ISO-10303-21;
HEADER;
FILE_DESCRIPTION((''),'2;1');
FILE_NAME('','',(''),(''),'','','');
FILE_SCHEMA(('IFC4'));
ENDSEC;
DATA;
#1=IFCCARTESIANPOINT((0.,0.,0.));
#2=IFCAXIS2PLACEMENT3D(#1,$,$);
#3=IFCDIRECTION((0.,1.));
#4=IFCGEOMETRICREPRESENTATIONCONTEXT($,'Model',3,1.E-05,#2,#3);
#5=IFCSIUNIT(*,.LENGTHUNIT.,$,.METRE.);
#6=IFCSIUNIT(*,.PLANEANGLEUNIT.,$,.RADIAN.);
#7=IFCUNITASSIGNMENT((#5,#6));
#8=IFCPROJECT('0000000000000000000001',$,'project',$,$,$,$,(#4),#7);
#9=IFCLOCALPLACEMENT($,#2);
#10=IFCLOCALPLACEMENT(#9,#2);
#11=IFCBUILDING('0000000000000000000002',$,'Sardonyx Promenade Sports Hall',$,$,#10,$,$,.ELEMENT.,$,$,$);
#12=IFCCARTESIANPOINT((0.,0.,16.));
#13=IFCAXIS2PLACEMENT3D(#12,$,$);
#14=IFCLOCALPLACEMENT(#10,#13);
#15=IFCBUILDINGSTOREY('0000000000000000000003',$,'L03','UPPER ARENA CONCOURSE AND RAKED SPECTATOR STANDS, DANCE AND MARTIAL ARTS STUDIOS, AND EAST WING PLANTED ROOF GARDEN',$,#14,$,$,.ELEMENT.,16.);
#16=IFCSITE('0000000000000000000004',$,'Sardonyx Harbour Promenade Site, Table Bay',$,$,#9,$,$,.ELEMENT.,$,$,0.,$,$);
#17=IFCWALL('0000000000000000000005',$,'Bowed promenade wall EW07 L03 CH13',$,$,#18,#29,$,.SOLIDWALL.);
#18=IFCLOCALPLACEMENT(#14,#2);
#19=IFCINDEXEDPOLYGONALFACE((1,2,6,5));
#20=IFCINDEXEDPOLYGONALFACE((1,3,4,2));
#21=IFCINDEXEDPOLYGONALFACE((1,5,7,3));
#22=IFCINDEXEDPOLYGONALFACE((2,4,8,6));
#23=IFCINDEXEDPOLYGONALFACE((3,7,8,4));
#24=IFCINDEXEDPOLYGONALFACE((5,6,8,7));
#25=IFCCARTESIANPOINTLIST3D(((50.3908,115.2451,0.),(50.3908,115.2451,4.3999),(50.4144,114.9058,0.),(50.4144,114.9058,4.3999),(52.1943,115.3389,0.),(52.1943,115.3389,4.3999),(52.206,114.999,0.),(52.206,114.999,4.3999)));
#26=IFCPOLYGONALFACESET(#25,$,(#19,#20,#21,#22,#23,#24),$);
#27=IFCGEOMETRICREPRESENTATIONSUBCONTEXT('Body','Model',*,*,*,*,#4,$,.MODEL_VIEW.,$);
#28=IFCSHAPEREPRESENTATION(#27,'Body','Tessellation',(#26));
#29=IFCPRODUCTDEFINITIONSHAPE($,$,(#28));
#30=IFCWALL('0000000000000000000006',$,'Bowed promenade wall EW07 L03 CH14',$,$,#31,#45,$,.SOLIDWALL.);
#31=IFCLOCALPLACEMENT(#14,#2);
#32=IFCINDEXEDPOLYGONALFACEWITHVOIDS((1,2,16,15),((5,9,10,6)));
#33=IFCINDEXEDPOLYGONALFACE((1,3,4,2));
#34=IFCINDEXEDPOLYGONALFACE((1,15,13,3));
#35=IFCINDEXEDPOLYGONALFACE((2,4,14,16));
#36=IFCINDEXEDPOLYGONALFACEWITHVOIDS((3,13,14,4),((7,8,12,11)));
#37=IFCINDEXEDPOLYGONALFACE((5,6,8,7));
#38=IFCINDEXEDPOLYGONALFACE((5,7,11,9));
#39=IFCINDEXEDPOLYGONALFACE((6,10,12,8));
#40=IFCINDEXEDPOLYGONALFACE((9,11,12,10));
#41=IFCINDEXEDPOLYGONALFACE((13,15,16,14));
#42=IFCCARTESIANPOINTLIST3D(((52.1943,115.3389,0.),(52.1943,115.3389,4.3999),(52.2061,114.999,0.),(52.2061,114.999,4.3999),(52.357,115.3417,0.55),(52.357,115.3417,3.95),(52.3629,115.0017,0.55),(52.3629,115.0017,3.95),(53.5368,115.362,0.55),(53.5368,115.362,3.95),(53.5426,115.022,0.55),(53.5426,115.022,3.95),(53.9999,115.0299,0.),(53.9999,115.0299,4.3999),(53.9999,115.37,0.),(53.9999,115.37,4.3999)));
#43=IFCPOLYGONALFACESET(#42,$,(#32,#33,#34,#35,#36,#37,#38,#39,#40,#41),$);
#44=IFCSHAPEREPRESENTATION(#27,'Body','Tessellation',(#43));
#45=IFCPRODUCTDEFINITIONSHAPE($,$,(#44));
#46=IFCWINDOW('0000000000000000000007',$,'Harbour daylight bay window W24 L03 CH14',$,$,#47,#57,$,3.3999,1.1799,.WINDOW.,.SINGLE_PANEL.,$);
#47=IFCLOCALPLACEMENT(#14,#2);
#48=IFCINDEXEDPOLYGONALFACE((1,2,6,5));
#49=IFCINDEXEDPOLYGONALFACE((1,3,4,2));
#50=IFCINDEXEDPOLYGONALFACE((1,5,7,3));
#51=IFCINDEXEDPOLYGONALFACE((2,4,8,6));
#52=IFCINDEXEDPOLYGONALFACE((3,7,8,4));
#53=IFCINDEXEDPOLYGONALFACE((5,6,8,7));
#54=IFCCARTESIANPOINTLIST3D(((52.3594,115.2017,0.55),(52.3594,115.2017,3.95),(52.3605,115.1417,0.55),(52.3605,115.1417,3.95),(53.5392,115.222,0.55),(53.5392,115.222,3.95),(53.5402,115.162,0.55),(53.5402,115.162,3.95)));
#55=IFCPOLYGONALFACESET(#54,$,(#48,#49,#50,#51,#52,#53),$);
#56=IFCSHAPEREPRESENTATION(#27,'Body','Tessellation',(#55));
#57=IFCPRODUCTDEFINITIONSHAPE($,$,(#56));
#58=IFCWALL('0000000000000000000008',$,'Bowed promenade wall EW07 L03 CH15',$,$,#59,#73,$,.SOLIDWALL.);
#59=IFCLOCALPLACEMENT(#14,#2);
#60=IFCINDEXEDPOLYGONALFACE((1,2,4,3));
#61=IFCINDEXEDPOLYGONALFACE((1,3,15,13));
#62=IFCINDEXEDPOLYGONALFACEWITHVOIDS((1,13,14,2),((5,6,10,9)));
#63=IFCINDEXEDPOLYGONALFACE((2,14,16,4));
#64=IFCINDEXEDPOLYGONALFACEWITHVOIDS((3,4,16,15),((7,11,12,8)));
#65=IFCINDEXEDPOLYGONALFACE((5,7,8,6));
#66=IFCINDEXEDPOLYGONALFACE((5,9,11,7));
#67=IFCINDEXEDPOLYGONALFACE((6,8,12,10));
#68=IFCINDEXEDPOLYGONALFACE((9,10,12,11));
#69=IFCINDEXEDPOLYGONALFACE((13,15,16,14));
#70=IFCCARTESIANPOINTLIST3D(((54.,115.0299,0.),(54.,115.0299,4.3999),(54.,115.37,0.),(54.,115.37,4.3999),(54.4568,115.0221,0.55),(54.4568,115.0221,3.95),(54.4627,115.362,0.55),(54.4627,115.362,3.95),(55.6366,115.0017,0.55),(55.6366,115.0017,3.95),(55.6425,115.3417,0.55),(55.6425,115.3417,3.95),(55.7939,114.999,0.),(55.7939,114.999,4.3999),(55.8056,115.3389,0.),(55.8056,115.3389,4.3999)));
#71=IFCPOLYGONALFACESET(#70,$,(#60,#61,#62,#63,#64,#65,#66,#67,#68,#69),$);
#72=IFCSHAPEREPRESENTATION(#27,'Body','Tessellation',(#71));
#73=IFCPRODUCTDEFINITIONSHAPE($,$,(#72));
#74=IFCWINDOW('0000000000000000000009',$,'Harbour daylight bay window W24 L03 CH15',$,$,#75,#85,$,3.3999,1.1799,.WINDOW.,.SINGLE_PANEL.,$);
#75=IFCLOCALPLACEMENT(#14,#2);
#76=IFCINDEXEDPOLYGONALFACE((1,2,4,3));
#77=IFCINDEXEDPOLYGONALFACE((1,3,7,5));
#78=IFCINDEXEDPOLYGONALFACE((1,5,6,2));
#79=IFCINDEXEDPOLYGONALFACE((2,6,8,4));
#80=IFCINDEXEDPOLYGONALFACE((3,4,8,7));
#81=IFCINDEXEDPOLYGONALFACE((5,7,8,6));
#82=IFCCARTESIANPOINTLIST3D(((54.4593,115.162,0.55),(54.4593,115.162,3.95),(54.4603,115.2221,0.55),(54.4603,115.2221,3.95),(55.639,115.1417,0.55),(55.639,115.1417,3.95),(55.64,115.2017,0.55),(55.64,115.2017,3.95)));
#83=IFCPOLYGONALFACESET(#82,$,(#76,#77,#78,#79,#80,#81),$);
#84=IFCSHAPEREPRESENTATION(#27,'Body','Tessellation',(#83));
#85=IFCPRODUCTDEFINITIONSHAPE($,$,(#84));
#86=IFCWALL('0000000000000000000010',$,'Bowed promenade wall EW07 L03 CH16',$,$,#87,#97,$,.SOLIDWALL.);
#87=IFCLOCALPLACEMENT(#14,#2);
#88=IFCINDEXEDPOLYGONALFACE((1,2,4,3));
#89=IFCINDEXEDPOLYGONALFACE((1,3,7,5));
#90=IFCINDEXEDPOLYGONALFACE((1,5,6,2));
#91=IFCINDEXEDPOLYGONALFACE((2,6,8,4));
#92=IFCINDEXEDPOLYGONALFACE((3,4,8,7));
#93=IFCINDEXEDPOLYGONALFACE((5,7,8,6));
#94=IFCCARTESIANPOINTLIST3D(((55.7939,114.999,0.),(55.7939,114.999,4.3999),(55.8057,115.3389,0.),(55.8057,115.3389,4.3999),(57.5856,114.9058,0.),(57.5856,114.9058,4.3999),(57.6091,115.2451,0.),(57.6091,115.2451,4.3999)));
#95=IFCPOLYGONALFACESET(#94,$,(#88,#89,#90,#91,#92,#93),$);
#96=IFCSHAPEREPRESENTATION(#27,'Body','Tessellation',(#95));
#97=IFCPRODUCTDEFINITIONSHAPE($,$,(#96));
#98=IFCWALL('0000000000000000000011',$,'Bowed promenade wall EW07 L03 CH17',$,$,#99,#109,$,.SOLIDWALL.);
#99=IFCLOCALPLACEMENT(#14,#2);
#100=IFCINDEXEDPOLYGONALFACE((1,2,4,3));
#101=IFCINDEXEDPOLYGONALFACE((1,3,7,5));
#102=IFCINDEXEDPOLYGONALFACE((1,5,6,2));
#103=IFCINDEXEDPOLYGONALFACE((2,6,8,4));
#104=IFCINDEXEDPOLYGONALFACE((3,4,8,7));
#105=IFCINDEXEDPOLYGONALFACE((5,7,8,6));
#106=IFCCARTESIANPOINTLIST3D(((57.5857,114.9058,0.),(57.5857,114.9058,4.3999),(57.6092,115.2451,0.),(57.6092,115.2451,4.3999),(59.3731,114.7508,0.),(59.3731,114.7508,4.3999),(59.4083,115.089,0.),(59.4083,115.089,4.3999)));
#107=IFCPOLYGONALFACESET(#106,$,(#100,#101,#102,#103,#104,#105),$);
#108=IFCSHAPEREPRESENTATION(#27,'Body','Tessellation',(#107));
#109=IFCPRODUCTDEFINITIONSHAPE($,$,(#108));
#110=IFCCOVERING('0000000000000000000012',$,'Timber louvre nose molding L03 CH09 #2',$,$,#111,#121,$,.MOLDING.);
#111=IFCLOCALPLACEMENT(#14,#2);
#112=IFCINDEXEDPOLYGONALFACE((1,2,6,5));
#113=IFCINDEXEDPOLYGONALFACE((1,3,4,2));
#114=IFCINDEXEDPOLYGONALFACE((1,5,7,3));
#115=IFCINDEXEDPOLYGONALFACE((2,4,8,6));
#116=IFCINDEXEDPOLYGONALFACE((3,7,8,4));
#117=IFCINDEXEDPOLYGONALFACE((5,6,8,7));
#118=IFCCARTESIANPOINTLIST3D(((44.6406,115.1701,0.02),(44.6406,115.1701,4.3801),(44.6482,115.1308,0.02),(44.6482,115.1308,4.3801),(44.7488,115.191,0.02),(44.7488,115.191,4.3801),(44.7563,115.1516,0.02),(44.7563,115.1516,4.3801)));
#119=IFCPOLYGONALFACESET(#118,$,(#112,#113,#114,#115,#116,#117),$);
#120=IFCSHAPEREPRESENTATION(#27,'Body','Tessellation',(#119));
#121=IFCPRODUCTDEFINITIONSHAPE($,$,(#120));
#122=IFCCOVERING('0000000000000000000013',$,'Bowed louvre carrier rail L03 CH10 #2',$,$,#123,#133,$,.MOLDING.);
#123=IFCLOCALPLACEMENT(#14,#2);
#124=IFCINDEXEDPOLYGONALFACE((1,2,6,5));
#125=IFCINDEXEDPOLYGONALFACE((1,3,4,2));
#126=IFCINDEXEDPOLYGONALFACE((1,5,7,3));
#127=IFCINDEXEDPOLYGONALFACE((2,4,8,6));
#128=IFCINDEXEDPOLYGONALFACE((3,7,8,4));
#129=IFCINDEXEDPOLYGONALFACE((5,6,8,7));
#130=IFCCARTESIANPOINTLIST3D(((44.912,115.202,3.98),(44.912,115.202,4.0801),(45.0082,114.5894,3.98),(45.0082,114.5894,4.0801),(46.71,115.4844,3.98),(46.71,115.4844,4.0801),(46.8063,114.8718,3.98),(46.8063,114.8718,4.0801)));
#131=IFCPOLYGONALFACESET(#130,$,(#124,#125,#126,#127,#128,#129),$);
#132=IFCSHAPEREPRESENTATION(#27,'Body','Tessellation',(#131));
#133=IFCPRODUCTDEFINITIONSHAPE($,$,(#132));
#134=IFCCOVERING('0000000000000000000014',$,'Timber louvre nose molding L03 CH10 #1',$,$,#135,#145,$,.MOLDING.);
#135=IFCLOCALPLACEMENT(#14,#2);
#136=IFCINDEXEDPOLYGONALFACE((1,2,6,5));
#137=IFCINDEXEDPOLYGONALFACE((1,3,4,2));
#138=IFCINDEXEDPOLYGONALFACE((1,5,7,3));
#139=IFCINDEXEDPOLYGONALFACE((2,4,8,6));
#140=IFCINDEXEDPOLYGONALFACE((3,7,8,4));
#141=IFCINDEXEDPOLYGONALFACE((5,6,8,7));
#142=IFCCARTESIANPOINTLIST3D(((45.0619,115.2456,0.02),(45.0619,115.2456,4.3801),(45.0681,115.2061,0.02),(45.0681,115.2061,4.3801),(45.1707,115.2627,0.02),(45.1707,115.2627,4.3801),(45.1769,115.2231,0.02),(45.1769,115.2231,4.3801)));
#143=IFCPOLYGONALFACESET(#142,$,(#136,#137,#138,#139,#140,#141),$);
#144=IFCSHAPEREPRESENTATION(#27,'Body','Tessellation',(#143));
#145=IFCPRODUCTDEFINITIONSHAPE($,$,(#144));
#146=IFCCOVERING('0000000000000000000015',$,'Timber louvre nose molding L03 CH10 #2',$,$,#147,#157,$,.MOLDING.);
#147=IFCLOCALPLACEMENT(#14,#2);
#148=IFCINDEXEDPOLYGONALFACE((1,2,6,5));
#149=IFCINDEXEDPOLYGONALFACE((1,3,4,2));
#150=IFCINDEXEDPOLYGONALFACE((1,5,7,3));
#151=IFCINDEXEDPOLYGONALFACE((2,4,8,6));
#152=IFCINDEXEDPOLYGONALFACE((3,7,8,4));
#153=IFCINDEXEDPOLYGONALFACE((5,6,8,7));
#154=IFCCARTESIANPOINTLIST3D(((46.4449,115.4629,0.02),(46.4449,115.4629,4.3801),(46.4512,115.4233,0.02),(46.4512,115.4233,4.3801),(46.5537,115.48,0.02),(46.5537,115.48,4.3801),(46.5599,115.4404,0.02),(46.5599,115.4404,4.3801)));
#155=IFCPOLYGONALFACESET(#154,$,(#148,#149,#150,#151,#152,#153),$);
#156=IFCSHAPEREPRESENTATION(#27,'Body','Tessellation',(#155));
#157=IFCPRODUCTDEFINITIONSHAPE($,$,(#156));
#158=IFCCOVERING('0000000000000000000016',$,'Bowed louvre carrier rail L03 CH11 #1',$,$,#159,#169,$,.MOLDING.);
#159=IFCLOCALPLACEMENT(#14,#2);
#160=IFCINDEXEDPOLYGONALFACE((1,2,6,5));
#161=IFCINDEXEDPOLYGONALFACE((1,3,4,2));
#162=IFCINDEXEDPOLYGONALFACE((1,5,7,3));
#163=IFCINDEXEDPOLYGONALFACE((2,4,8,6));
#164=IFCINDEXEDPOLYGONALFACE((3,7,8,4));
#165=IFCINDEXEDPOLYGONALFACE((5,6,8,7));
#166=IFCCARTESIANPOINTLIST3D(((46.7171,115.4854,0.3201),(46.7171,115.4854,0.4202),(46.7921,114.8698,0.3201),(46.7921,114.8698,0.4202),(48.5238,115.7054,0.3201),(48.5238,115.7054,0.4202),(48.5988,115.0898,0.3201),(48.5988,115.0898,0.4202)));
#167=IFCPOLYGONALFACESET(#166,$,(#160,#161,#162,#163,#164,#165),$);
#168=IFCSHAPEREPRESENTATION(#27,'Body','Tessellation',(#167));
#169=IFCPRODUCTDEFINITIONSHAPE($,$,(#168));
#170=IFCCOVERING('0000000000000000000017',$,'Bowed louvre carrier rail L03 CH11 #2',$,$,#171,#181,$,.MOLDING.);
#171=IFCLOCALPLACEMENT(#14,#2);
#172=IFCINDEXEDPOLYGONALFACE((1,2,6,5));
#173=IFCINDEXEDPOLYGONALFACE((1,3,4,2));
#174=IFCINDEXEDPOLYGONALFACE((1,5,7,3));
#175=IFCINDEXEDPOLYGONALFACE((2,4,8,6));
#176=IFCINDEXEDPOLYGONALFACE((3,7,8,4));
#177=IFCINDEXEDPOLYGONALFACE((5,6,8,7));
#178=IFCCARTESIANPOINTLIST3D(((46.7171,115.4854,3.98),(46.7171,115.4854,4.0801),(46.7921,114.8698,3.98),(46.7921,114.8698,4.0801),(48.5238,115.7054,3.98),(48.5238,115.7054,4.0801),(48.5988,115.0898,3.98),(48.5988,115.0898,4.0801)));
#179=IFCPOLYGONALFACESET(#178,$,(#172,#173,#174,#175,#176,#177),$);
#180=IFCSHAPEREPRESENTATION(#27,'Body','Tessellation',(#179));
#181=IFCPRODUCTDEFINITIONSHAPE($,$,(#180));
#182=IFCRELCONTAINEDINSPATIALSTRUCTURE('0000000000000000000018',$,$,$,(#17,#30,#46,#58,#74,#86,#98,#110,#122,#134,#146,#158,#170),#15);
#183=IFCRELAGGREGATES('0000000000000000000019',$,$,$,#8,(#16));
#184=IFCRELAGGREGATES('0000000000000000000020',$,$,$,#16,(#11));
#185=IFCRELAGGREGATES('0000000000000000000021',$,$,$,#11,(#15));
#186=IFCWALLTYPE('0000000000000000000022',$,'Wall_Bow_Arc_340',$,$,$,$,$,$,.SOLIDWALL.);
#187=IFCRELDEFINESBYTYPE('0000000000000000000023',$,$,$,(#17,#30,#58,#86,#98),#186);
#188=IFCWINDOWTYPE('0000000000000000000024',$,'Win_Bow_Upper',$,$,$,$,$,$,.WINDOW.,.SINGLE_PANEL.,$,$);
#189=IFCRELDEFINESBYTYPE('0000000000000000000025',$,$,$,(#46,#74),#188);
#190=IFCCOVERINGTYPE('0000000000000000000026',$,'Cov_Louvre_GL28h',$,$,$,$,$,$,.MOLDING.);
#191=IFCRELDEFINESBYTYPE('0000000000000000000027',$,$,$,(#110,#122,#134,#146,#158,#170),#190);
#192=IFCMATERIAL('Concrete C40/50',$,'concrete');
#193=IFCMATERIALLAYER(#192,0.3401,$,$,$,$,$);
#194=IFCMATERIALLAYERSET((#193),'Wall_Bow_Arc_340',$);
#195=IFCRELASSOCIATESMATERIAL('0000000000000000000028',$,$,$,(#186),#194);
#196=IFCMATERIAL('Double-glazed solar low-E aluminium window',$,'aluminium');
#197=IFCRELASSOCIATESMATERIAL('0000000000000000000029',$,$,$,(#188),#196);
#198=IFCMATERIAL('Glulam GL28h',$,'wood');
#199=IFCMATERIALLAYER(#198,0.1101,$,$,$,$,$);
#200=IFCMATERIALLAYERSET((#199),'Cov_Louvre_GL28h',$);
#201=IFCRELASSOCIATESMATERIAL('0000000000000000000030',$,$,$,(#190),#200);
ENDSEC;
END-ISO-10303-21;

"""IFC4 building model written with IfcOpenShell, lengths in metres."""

from ifc_helpers import new_model, si_unit, direction, frame, frame_2d, origin, origin_2d, place, context, subcontext, project, spatial, polyline, rectangle, outline, extrude, material, layer, layer_set, type_object, element, fill, save


model = new_model("IFC4")

# Units and contexts
model_context = context("Model", 3, precision=1e-05, world=origin(), true_north=direction((0.0, 1.0)))
body_context = subcontext(model_context, "Body", "Model", "MODEL_VIEW")
ifc_project = project(units=[si_unit("LENGTHUNIT", "METRE"), si_unit("PLANEANGLEUNIT", "RADIAN")], contexts=[model_context])

# Site, building, storey
site_placement = place(None, origin())
site = spatial("IfcSite", under=ifc_project, at=site_placement, Name="Sardonyx Harbour Promenade Site, Table Bay", CompositionType="ELEMENT", RefElevation=0.0)
building_placement = place(site_placement, origin())
building = spatial("IfcBuilding", under=site, at=building_placement, Name="Sardonyx Promenade Sports Hall", CompositionType="ELEMENT")
storey_placement = place(building_placement, frame((0.0, 0.0, 16.0)))
storey = spatial("IfcBuildingStorey", under=building, at=storey_placement, Name="L03", Description="UPPER ARENA CONCOURSE AND RAKED SPECTATOR STANDS, DANCE AND MARTIAL ARTS STUDIOS, AND EAST WING PLANTED ROOF GARDEN", CompositionType="ELEMENT", Elevation=16.0)

# Wall
ifc_material_1 = material(Name="Concrete C40/50", Category="concrete")
ifc_layer_1 = layer(ifc_material_1, 0.3401)
ifc_layer_set_1 = layer_set([ifc_layer_1], Name="Wall_Bow_Arc_340")
wall_type = type_object("IfcWallType", Name="Wall_Bow_Arc_340", PredefinedType="SOLIDWALL", material=ifc_layer_set_1)
wall_1_placement = place(storey_placement, frame((50.4026, 115.0754, 0.0), z_axis=(0.0, 0.0, 1.0), x_axis=(0.99865, 0.051947, 0.0)))
element("IfcWall", 1, at=wall_1_placement, inside=storey, type_object=wall_type, Name="Bowed promenade wall EW07 L03 CH13", PredefinedType="SOLIDWALL", context=body_context, shape_type="SweptSolid", body=[
    extrude(outline(polyline([(0.0029, -0.17), (1.7971, -0.17), (1.8029, 0.17), (-0.0029, 0.17), (0.0029, -0.17)])), origin(), (0.0, 0.0, 1.0), 4.3999),
])

# Walls, openings, windows
wall_2_placement = place(storey_placement, frame((52.2002, 115.1689, 0.0), z_axis=(0.0, 0.0, 1.0), x_axis=(0.999852, 0.017225, 0.0)))
wall_2 = element("IfcWall", 2, at=wall_2_placement, inside=storey, type_object=wall_type, Name="Bowed promenade wall EW07 L03 CH14", PredefinedType="SOLIDWALL", context=body_context, shape_type="SweptSolid", body=[
    extrude(outline(polyline([(0.0029, -0.17), (1.7971, -0.17), (1.8029, 0.17), (-0.0029, 0.17), (0.0029, -0.17)])), origin(), (0.0, 0.0, 1.0), 4.3999),
])
opening_1_placement = place(wall_2_placement, frame((0.1599, 0.0, 0.55)))
opening_1 = element("IfcOpeningElement", 3, at=opening_1_placement, cuts=wall_2, PredefinedType="OPENING", context=body_context, shape_type="SweptSolid", body=[
    extrude(rectangle(XDim=1.1799, YDim=3.3999, at=frame_2d((0.5898, 1.7))), frame((0.0, 0.18, 0.0), z_axis=(0.0, -1.0, 0.0), x_axis=(1.0, 0.0, 0.0)), (0.0, 0.0, 1.0), 0.36),
])
ifc_material_2 = material(Name="Double-glazed solar low-E aluminium window", Category="aluminium")
window_type = type_object("IfcWindowType", Name="Win_Bow_Upper", PartitioningType="SINGLE_PANEL", PredefinedType="WINDOW", material=ifc_material_2)
window_1_placement = place(opening_1_placement, origin())
window_1 = element("IfcWindow", 4, at=window_1_placement, inside=storey, type_object=window_type, Name="Harbour daylight bay window W24 L03 CH14", OverallHeight=3.3999, OverallWidth=1.1799, PartitioningType="SINGLE_PANEL", PredefinedType="WINDOW", context=body_context, shape_type="SweptSolid", body=[
    extrude(rectangle(XDim=1.1799, YDim=3.3999, at=frame_2d((0.5898, 1.7))), frame((0.0, 0.03, 0.0), z_axis=(0.0, -1.0, 0.0), x_axis=(1.0, 0.0, 0.0)), (0.0, 0.0, 1.0), 0.0601),
])
fill(opening_1, window_1)
wall_3_placement = place(storey_placement, frame((54.0, 115.2, 0.0), z_axis=(0.0, 0.0, 1.0), x_axis=(0.999852, -0.017225, 0.0)))
wall_3 = element("IfcWall", 5, at=wall_3_placement, inside=storey, type_object=wall_type, Name="Bowed promenade wall EW07 L03 CH15", PredefinedType="SOLIDWALL", context=body_context, shape_type="SweptSolid", body=[
    extrude(outline(polyline([(0.0029, -0.17), (1.7971, -0.17), (1.8029, 0.17), (-0.0029, 0.17), (0.0029, -0.17)])), origin(), (0.0, 0.0, 1.0), 4.3999),
])
opening_2_placement = place(wall_3_placement, frame((0.46, 0.0, 0.55)))
opening_2 = element("IfcOpeningElement", 6, at=opening_2_placement, cuts=wall_3, PredefinedType="OPENING", context=body_context, shape_type="SweptSolid", body=[
    extrude(rectangle(XDim=1.1799, YDim=3.3999, at=frame_2d((0.5898, 1.7))), frame((0.0, 0.18, 0.0), z_axis=(0.0, -1.0, 0.0), x_axis=(1.0, 0.0, 0.0)), (0.0, 0.0, 1.0), 0.36),
])
window_2_placement = place(opening_2_placement, origin())
window_2 = element("IfcWindow", 7, at=window_2_placement, inside=storey, type_object=window_type, Name="Harbour daylight bay window W24 L03 CH15", OverallHeight=3.3999, OverallWidth=1.1799, PartitioningType="SINGLE_PANEL", PredefinedType="WINDOW", context=body_context, shape_type="SweptSolid", body=[
    extrude(rectangle(XDim=1.1799, YDim=3.3999, at=frame_2d((0.5898, 1.7))), frame((0.0, 0.03, 0.0), z_axis=(0.0, -1.0, 0.0), x_axis=(1.0, 0.0, 0.0)), (0.0, 0.0, 1.0), 0.0601),
])
fill(opening_2, window_2)

# Walls
wall_4_placement = place(storey_placement, frame((55.7998, 115.1689, 0.0), z_axis=(0.0, 0.0, 1.0), x_axis=(0.99865, -0.051947, 0.0)))
element("IfcWall", 8, at=wall_4_placement, inside=storey, type_object=wall_type, Name="Bowed promenade wall EW07 L03 CH16", PredefinedType="SOLIDWALL", context=body_context, shape_type="SweptSolid", body=[
    extrude(outline(polyline([(0.0029, -0.17), (1.7971, -0.17), (1.8029, 0.17), (-0.0029, 0.17), (0.0029, -0.17)])), origin(), (0.0, 0.0, 1.0), 4.3999),
])
wall_5_placement = place(storey_placement, frame((57.5974, 115.0754, 0.0), z_axis=(0.0, 0.0, 1.0), x_axis=(0.99626, -0.086401, 0.0)))
element("IfcWall", 9, at=wall_5_placement, inside=storey, type_object=wall_type, Name="Bowed promenade wall EW07 L03 CH17", PredefinedType="SOLIDWALL", context=body_context, shape_type="SweptSolid", body=[
    extrude(outline(polyline([(0.0029, -0.17), (1.7971, -0.17), (1.8029, 0.17), (-0.0029, 0.17), (0.0029, -0.17)])), origin(), (0.0, 0.0, 1.0), 4.3999),
])

# Coverings
ifc_material_3 = material(Name="Glulam GL28h", Category="wood")
ifc_layer_2 = layer(ifc_material_3, 0.1101)
ifc_layer_set_2 = layer_set([ifc_layer_2], Name="Cov_Louvre_GL28h")
covering_type = type_object("IfcCoveringType", Name="Cov_Louvre_GL28h", PredefinedType="MOLDING", material=ifc_layer_set_2)
covering_1_placement = place(storey_placement, frame((44.6985, 115.1609, 0.02), z_axis=(0.0, 0.0, 1.0), x_axis=(0.98193, 0.189246, 0.0)))
element("IfcCovering", 10, at=covering_1_placement, inside=storey, type_object=covering_type, Name="Timber louvre nose molding L03 CH09 #2", PredefinedType="MOLDING", context=body_context, shape_type="SweptSolid", body=[
    extrude(rectangle(XDim=0.1101, YDim=0.04, at=origin_2d()), origin(), (0.0, 0.0, 1.0), 4.3601),
])
covering_2_placement = place(storey_placement, frame((45.8591, 115.0369, 3.98), z_axis=(0.0, 0.0, 1.0), x_axis=(0.987891, 0.155148, 0.0)))
element("IfcCovering", 11, at=covering_2_placement, inside=storey, type_object=covering_type, Name="Bowed louvre carrier rail L03 CH10 #2", PredefinedType="MOLDING", context=body_context, shape_type="SweptSolid", body=[
    extrude(rectangle(XDim=1.8201, YDim=0.6201, at=origin_2d()), origin(), (0.0, 0.0, 1.0), 0.1001),
])
for number, where, z_axis, x_axis, name in (
    (12, (45.1194, 115.2344, 0.02), (0.0, 0.0, 1.0), (0.987891, 0.155148, 0.0), "Timber louvre nose molding L03 CH10 #1"),
    (13, (46.5024, 115.4517, 0.02), (0.0, 0.0, 1.0), (0.987891, 0.155148, 0.0), "Timber louvre nose molding L03 CH10 #2"),
):
    element("IfcCovering", number, at=place(storey_placement, frame(where, z_axis=z_axis, x_axis=x_axis)), inside=storey, type_object=covering_type, Name=name, PredefinedType="MOLDING", context=body_context, shape_type="SweptSolid", body=[
        extrude(rectangle(XDim=0.1101, YDim=0.04, at=origin_2d()), origin(), (0.0, 0.0, 1.0), 4.3601),
    ])
for number, where, z_axis, x_axis, name in (
    (14, (47.658, 115.2876, 0.3201), (0.0, 0.0, 1.0), (0.992669, 0.120863, 0.0), "Bowed louvre carrier rail L03 CH11 #1"),
    (15, (47.658, 115.2876, 3.98), (0.0, 0.0, 1.0), (0.992669, 0.120863, 0.0), "Bowed louvre carrier rail L03 CH11 #2"),
):
    element("IfcCovering", number, at=place(storey_placement, frame(where, z_axis=z_axis, x_axis=x_axis)), inside=storey, type_object=covering_type, Name=name, PredefinedType="MOLDING", context=body_context, shape_type="SweptSolid", body=[
        extrude(rectangle(XDim=1.8201, YDim=0.6201, at=origin_2d()), origin(), (0.0, 0.0, 1.0), 0.1001),
    ])

save(model, "model.ifc")
